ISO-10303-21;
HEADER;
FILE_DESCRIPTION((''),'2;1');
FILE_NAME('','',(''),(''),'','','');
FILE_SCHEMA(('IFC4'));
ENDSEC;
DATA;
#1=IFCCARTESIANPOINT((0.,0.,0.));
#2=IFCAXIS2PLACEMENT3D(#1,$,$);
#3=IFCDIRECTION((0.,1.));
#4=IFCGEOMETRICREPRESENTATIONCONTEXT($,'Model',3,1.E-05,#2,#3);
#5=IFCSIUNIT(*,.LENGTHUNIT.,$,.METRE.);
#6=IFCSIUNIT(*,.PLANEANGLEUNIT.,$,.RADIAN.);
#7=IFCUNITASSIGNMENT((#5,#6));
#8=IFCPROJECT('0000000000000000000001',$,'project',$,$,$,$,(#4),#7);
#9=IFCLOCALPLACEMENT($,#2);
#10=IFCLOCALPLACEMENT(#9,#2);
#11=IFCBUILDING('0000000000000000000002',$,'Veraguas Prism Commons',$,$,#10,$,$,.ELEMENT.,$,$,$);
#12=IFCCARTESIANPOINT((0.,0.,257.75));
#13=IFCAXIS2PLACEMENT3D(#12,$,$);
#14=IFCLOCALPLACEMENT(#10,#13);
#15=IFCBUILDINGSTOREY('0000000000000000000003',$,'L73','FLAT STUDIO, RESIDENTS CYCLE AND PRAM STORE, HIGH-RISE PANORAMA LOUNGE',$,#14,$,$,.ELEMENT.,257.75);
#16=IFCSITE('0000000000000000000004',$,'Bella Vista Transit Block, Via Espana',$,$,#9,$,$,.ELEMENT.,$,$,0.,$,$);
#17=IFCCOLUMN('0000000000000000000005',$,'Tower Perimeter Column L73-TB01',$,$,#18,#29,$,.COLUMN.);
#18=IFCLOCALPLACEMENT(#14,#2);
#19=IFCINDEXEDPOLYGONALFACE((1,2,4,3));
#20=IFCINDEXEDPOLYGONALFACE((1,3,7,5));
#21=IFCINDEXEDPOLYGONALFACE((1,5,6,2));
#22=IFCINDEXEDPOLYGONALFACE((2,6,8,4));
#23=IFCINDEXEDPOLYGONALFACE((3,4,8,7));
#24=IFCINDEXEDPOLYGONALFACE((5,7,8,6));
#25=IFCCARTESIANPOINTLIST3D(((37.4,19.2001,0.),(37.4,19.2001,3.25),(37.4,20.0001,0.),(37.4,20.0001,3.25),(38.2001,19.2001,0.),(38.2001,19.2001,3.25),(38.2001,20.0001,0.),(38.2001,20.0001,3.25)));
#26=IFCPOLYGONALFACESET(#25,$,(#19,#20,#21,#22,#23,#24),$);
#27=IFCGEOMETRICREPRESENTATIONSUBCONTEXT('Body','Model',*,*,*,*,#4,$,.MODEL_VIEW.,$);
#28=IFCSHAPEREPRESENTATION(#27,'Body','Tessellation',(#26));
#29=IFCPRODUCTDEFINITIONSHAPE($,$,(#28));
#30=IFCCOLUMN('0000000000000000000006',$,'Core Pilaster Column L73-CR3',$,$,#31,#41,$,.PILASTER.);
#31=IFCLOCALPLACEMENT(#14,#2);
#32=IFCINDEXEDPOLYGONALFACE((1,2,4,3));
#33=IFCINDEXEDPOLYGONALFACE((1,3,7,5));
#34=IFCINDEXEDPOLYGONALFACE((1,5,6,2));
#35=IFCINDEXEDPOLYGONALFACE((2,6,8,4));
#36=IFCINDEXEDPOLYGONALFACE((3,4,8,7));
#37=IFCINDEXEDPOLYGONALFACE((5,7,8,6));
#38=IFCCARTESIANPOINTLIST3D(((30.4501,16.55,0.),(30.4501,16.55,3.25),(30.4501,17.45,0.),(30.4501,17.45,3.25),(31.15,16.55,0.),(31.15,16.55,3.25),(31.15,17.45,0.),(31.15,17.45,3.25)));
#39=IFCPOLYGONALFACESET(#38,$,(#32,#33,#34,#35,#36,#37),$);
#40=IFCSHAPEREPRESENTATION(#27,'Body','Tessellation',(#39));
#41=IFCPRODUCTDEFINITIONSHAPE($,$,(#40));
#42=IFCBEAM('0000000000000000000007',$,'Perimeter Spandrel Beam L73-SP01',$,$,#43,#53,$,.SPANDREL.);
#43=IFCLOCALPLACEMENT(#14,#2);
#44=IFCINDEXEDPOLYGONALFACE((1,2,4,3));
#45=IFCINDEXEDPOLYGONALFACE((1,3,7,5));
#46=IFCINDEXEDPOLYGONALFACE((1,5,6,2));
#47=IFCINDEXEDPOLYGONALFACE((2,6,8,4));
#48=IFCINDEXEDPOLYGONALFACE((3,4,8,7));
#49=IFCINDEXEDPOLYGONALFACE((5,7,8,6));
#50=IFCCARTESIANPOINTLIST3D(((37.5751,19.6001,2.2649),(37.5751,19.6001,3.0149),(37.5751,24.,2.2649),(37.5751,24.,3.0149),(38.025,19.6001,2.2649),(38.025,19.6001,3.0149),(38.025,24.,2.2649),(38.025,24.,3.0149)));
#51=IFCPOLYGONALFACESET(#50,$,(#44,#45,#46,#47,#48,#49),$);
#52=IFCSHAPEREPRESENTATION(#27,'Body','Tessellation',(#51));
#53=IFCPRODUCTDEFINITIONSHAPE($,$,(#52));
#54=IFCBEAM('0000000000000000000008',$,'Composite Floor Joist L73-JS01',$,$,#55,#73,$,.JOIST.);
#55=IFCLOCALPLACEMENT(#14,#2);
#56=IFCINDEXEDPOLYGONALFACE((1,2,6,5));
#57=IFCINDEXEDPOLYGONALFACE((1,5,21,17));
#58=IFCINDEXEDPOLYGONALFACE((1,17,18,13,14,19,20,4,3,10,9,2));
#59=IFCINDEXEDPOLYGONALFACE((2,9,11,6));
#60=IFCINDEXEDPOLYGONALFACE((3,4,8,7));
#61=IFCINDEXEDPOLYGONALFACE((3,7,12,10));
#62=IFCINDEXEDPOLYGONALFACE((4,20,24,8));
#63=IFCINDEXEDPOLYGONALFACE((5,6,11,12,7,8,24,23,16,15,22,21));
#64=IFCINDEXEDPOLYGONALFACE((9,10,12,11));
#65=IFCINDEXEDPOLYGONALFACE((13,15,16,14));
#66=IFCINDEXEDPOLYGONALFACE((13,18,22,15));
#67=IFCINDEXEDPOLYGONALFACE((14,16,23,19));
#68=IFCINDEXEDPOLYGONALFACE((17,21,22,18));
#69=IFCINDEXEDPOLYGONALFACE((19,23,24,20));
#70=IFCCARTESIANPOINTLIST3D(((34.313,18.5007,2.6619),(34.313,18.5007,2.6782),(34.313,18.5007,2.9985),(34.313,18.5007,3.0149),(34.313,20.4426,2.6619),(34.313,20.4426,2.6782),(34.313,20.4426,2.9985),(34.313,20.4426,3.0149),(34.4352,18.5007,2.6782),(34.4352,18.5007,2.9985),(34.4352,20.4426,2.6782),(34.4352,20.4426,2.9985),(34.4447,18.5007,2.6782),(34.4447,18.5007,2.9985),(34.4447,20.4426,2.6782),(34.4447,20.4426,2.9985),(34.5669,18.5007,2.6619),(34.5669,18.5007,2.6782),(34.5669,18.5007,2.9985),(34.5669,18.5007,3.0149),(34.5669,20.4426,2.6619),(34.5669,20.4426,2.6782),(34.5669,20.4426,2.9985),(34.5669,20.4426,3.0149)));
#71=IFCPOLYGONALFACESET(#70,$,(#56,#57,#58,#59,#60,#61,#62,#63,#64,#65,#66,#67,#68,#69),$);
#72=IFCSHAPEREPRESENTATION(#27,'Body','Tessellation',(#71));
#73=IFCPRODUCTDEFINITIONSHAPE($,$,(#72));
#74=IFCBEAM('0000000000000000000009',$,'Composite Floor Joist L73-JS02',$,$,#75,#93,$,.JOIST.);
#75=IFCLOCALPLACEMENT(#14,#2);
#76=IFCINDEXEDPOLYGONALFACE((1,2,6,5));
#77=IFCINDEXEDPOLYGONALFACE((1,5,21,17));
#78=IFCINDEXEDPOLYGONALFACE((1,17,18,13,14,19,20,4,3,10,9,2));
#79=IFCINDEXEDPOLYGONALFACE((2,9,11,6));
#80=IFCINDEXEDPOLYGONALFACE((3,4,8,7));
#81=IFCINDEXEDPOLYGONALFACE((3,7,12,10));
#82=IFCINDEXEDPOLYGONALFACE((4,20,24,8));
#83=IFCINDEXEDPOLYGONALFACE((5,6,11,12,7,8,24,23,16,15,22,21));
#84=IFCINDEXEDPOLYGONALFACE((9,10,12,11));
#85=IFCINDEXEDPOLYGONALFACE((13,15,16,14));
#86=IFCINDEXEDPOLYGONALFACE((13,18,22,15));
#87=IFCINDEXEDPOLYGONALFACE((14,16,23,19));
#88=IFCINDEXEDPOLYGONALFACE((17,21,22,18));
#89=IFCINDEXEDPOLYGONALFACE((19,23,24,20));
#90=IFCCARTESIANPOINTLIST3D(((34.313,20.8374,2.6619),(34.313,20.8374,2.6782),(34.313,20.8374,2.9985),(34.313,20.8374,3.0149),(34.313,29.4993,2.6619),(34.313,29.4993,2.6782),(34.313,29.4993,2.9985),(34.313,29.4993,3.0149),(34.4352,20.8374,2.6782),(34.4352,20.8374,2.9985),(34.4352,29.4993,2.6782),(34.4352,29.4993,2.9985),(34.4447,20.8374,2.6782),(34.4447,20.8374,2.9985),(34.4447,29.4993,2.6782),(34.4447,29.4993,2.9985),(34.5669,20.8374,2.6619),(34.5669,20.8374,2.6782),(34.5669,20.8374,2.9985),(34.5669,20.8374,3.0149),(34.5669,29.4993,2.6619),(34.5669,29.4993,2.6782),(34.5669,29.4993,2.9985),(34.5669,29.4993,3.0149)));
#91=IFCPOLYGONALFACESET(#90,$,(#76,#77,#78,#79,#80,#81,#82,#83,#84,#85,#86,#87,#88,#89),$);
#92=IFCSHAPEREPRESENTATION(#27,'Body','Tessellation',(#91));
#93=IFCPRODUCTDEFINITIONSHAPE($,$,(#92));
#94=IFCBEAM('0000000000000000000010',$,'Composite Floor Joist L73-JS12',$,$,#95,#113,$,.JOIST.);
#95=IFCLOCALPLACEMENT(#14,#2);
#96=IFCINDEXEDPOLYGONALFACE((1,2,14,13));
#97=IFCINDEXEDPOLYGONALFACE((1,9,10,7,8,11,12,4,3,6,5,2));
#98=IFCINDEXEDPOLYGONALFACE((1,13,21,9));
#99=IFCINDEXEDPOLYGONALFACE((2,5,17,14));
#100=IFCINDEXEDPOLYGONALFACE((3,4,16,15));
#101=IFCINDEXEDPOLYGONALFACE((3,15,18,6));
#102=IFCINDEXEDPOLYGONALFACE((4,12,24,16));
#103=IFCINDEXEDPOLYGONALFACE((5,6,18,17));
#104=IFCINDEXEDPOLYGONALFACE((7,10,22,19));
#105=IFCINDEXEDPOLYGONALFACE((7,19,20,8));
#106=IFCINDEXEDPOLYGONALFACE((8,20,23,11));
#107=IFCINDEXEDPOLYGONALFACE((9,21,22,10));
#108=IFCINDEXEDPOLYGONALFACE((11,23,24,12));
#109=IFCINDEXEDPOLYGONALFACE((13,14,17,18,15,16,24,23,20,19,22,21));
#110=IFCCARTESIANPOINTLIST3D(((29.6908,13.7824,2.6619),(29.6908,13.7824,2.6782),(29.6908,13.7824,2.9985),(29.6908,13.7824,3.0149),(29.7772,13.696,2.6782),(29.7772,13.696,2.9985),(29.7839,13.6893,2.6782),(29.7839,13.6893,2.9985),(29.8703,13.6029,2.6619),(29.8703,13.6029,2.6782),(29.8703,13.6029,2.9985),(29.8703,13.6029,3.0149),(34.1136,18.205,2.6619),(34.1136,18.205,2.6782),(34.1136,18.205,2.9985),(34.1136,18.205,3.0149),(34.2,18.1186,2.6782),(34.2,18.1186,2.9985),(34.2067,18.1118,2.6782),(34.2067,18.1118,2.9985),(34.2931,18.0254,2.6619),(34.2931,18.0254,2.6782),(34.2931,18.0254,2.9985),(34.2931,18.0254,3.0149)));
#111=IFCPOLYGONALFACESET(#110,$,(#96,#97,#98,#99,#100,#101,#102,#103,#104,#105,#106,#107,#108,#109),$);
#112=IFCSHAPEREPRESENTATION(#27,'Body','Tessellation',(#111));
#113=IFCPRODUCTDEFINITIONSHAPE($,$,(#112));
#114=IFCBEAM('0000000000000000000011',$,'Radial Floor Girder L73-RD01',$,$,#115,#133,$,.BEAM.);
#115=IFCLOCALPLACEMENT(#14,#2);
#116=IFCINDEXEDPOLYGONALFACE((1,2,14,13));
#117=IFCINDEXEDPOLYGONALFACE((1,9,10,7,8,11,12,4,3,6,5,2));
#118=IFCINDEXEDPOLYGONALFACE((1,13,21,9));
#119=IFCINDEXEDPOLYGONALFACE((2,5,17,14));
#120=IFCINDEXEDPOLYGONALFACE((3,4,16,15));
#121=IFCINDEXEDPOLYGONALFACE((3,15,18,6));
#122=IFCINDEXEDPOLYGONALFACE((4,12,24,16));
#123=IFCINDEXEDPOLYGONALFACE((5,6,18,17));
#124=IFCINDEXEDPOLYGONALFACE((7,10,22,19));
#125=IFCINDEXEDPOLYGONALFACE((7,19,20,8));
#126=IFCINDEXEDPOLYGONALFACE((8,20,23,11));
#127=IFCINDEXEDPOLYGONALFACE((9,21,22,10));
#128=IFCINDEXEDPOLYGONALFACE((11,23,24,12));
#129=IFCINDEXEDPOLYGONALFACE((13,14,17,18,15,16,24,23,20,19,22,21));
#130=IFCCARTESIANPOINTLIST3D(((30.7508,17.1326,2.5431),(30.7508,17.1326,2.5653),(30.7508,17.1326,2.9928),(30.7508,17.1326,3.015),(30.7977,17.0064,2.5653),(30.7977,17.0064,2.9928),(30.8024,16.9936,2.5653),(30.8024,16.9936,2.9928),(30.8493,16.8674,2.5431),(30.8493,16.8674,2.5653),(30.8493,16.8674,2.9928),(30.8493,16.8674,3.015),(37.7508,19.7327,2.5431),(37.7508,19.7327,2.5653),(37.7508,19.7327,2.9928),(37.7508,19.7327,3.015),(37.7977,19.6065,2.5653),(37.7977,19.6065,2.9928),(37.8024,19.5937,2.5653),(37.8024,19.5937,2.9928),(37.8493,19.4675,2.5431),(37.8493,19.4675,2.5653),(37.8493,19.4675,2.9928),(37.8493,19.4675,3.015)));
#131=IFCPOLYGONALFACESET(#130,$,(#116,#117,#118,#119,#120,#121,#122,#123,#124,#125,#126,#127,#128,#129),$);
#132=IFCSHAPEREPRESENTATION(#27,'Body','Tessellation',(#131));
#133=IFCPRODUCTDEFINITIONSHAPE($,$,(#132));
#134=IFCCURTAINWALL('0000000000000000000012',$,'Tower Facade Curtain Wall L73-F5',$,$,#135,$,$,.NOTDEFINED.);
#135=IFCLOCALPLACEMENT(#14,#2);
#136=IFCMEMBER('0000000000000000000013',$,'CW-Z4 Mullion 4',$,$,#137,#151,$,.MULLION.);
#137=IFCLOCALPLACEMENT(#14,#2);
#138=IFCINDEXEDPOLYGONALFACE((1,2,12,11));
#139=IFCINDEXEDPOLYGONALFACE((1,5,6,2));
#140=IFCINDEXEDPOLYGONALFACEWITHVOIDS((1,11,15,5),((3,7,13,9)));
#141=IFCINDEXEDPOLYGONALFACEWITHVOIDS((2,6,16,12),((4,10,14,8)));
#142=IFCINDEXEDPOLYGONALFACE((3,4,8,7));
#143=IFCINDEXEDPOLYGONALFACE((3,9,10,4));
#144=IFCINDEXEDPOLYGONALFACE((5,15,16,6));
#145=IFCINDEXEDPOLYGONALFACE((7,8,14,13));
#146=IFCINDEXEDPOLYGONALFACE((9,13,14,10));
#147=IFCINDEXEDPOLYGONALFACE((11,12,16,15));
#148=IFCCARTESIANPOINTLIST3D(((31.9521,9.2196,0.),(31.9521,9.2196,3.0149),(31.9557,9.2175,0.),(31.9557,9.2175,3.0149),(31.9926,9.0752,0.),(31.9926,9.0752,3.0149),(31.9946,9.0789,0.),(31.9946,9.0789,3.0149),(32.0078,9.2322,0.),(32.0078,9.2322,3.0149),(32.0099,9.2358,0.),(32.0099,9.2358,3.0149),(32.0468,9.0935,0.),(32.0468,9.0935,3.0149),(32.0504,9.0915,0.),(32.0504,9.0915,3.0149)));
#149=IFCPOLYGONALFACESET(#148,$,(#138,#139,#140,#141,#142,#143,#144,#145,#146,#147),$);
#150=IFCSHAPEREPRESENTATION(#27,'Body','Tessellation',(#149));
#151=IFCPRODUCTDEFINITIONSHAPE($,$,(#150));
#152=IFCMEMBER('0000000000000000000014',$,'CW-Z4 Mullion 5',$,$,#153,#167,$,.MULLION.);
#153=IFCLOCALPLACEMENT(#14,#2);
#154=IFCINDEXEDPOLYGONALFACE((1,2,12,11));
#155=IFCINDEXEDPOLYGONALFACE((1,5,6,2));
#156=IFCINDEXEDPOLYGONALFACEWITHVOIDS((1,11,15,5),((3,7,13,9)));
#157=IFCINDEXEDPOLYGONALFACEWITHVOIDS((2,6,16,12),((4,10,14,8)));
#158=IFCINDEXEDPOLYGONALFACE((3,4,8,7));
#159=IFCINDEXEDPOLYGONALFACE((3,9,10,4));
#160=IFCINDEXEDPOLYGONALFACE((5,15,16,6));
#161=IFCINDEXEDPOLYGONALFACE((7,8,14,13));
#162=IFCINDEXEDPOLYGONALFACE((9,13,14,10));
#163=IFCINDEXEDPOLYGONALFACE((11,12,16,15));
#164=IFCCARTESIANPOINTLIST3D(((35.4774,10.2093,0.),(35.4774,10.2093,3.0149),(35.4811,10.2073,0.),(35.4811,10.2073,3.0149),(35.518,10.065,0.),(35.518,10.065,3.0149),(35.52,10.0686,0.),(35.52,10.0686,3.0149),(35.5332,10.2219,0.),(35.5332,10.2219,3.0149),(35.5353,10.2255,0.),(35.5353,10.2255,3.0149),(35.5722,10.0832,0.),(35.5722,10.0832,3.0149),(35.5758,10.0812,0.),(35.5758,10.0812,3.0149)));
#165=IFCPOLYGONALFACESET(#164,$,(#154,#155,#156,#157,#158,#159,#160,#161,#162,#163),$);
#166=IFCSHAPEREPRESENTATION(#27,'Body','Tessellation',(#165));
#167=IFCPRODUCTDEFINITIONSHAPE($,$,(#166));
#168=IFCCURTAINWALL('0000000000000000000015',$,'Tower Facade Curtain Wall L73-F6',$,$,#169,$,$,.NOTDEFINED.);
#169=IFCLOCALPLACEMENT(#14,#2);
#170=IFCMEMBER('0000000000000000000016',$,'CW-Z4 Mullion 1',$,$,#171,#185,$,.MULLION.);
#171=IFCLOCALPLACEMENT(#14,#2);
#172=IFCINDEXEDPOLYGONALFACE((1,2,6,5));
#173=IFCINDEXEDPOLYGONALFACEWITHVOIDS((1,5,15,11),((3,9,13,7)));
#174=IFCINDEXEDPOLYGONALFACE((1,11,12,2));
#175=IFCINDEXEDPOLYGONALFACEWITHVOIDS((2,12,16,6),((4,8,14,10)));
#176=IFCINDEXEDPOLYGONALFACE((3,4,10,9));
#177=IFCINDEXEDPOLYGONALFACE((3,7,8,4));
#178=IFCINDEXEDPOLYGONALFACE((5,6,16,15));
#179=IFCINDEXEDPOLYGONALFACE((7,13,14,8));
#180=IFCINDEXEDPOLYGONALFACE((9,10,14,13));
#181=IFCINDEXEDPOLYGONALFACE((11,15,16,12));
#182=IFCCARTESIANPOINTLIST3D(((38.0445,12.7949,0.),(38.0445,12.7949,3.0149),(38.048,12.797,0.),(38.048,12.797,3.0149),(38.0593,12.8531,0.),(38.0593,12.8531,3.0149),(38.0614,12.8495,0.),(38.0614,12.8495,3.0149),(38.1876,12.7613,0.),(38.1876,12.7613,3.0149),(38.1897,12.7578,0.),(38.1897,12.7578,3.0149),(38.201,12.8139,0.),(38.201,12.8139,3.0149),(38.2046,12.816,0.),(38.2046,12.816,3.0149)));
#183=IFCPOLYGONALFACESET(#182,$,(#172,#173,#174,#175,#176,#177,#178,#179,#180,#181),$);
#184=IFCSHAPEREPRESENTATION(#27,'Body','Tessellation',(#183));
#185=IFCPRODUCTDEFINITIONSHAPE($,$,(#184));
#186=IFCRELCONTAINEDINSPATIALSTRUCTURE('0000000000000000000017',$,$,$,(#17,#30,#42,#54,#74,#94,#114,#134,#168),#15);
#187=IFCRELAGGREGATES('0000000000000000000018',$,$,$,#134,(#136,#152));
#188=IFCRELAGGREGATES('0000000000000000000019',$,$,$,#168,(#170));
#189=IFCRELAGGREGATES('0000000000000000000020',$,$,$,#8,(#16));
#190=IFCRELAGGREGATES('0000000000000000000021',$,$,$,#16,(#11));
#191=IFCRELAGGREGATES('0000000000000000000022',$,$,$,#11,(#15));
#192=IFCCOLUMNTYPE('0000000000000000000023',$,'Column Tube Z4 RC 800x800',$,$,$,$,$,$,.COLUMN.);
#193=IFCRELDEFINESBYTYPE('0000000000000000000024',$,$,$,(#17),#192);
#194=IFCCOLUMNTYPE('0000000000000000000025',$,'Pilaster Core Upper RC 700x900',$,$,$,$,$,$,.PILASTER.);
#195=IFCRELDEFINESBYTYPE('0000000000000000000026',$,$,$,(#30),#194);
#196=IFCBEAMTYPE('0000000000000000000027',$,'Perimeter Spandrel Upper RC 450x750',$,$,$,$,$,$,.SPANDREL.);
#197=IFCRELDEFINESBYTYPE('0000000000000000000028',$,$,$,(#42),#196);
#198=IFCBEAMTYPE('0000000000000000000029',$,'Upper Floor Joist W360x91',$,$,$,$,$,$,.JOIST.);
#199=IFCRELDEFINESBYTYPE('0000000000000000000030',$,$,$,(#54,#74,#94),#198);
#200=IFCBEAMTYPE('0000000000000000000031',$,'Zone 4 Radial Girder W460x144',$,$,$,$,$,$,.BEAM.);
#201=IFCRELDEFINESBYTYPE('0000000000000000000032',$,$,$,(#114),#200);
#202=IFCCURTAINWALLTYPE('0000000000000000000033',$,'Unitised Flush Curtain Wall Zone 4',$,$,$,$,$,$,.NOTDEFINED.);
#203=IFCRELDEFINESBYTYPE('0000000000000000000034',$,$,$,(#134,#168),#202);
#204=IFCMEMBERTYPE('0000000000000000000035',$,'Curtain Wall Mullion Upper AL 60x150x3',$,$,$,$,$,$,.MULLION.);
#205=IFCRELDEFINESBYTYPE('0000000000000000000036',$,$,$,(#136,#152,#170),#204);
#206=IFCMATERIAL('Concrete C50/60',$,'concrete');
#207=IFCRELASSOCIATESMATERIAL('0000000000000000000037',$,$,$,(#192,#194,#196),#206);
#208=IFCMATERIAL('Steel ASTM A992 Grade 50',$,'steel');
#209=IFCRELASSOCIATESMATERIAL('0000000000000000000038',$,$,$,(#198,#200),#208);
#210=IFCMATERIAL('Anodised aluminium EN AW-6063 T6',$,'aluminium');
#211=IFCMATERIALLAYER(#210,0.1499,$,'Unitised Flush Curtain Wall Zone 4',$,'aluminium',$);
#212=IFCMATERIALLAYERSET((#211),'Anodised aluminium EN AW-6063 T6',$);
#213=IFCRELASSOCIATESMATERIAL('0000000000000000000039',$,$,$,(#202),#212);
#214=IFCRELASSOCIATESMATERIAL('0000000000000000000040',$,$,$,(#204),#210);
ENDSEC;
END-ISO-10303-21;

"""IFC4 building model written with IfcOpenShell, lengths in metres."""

from ifc_helpers import new_model, si_unit, direction, frame, origin, origin_2d, place, context, subcontext, project, spatial, rectangle, hollow_rectangle, i_section, extrude, source, transform, mapped, material, layer, layer_set, material_profile, profile_set, type_object, element, aggregate, save


model = new_model("IFC4")

# Units and contexts
model_context = context("Model", 3, precision=1e-05, world=origin(), true_north=direction((0.0, 1.0)))
body_context = subcontext(model_context, "Body", "Model", "MODEL_VIEW")
ifc_project = project(units=[si_unit("LENGTHUNIT", "METRE"), si_unit("PLANEANGLEUNIT", "RADIAN")], contexts=[model_context])

# Site, building, storey
site_placement = place(None, origin())
site = spatial("IfcSite", under=ifc_project, at=site_placement, Name="Bella Vista Transit Block, Via Espana", CompositionType="ELEMENT", RefElevation=0.0)
building_placement = place(site_placement, origin())
building = spatial("IfcBuilding", under=site, at=building_placement, Name="Veraguas Prism Commons", CompositionType="ELEMENT")
storey_placement = place(building_placement, frame((0.0, 0.0, 257.75)))
storey = spatial("IfcBuildingStorey", under=building, at=storey_placement, Name="L73", Description="FLAT STUDIO, RESIDENTS CYCLE AND PRAM STORE, HIGH-RISE PANORAMA LOUNGE", CompositionType="ELEMENT", Elevation=257.75)

# Columns
ifc_material_1 = material(Name="Concrete C50/60", Category="concrete")
ifc_material_profile_1 = material_profile(ifc_material_1, rectangle(XDim=0.8, YDim=0.8, at=origin_2d()), Name="RC800X800")
ifc_profile_set_1 = profile_set([ifc_material_profile_1], Name="Concrete C50/60")
column_type_1 = type_object("IfcColumnType", Name="Column Tube Z4 RC 800x800", PredefinedType="COLUMN", material=ifc_profile_set_1)
column_1_placement = place(storey_placement, frame((37.8, 19.6001, 0.0), z_axis=(0.0, 0.0, 1.0), x_axis=(1.0, 0.0, 0.0)))
element("IfcColumn", 1, at=column_1_placement, inside=storey, type_object=column_type_1, Name="Tower Perimeter Column L73-TB01", PredefinedType="COLUMN", context=body_context, shape_type="SweptSolid", body=[
    extrude(rectangle(XDim=0.8, YDim=0.8, at=origin_2d()), origin(), (0.0, 0.0, 1.0), 3.25),
])
ifc_material_profile_2 = material_profile(ifc_material_1, rectangle(XDim=0.7, YDim=0.8999, at=origin_2d()), Name="RC700X900")
ifc_profile_set_2 = profile_set([ifc_material_profile_2], Name="Concrete C50/60")
column_type_2 = type_object("IfcColumnType", Name="Pilaster Core Upper RC 700x900", PredefinedType="PILASTER", material=ifc_profile_set_2)
column_2_placement = place(storey_placement, frame((30.8, 17.0, 0.0), z_axis=(0.0, 0.0, 1.0), x_axis=(1.0, 0.0, 0.0)))
element("IfcColumn", 2, at=column_2_placement, inside=storey, type_object=column_type_2, Name="Core Pilaster Column L73-CR3", PredefinedType="PILASTER", context=body_context, shape_type="SweptSolid", body=[
    extrude(rectangle(XDim=0.7, YDim=0.8999, at=origin_2d()), origin(), (0.0, 0.0, 1.0), 3.25),
])

# Beams
ifc_material_profile_3 = material_profile(ifc_material_1, rectangle(XDim=0.45, YDim=0.75, at=origin_2d()), Name="RC450X750")
ifc_profile_set_3 = profile_set([ifc_material_profile_3], Name="Concrete C50/60")
beam_type_1 = type_object("IfcBeamType", Name="Perimeter Spandrel Upper RC 450x750", PredefinedType="SPANDREL", material=ifc_profile_set_3)
beam_1_placement = place(storey_placement, frame((37.8, 19.6001, 2.6399), z_axis=(0.0, 1.0, 0.0), x_axis=(-1.0, 0.0, 0.0)))
element("IfcBeam", 3, at=beam_1_placement, inside=storey, type_object=beam_type_1, Name="Perimeter Spandrel Beam L73-SP01", PredefinedType="SPANDREL", context=body_context, shape_type="SweptSolid", body=[
    extrude(rectangle(XDim=0.45, YDim=0.75, at=origin_2d()), origin(), (0.0, 0.0, 1.0), 4.3999),
])
ifc_material_2 = material(Name="Steel ASTM A992 Grade 50", Category="steel")
ifc_material_profile_4 = material_profile(ifc_material_2, i_section(OverallWidth=0.2539, OverallDepth=0.353, WebThickness=0.0095, FlangeThickness=0.0164, at=origin_2d()), Name="W360X91")
ifc_profile_set_4 = profile_set([ifc_material_profile_4], Name="Steel ASTM A992 Grade 50")
beam_type_2 = type_object("IfcBeamType", Name="Upper Floor Joist W360x91", PredefinedType="JOIST", material=ifc_profile_set_4)
beam_2_placement = place(storey_placement, frame((34.4399, 18.5007, 2.8384), z_axis=(0.0, 1.0, 0.0), x_axis=(-1.0, 0.0, 0.0)))
element("IfcBeam", 4, at=beam_2_placement, inside=storey, type_object=beam_type_2, Name="Composite Floor Joist L73-JS01", PredefinedType="JOIST", context=body_context, shape_type="SweptSolid", body=[
    extrude(i_section(OverallWidth=0.2539, OverallDepth=0.353, WebThickness=0.0095, FlangeThickness=0.0164, at=origin_2d()), origin(), (0.0, 0.0, 1.0), 1.9419),
])
beam_3_placement = place(storey_placement, frame((34.4399, 20.8374, 2.8384), z_axis=(0.0, 1.0, 0.0), x_axis=(-1.0, 0.0, 0.0)))
element("IfcBeam", 5, at=beam_3_placement, inside=storey, type_object=beam_type_2, Name="Composite Floor Joist L73-JS02", PredefinedType="JOIST", context=body_context, shape_type="SweptSolid", body=[
    extrude(i_section(OverallWidth=0.2539, OverallDepth=0.353, WebThickness=0.0095, FlangeThickness=0.0164, at=origin_2d()), origin(), (0.0, 0.0, 1.0), 8.6619),
])
beam_4_placement = place(storey_placement, frame((29.7805, 13.6926, 2.8384), z_axis=(0.707126, 0.707087, 0.0), x_axis=(-0.707087, 0.707126, 0.0)))
element("IfcBeam", 6, at=beam_4_placement, inside=storey, type_object=beam_type_2, Name="Composite Floor Joist L73-JS12", PredefinedType="JOIST", context=body_context, shape_type="SweptSolid", body=[
    extrude(i_section(OverallWidth=0.2539, OverallDepth=0.353, WebThickness=0.0095, FlangeThickness=0.0164, at=origin_2d()), origin(), (0.0, 0.0, 1.0), 6.2546),
])
ifc_material_profile_5 = material_profile(ifc_material_2, i_section(OverallWidth=0.283, OverallDepth=0.4719, WebThickness=0.0137, FlangeThickness=0.0222, at=origin_2d()), Name="W460X144")
ifc_profile_set_5 = profile_set([ifc_material_profile_5], Name="Steel ASTM A992 Grade 50")
beam_type_3 = type_object("IfcBeamType", Name="Zone 4 Radial Girder W460x144", PredefinedType="BEAM", material=ifc_profile_set_5)
beam_5_placement = place(storey_placement, frame((37.8, 19.6001, 2.7791), z_axis=(-0.937421, -0.348198, 0.0), x_axis=(0.348198, -0.937421, 0.0)))
element("IfcBeam", 7, at=beam_5_placement, inside=storey, type_object=beam_type_3, Name="Radial Floor Girder L73-RD01", PredefinedType="BEAM", context=body_context, shape_type="SweptSolid", body=[
    extrude(i_section(OverallWidth=0.283, OverallDepth=0.4719, WebThickness=0.0137, FlangeThickness=0.0222, at=origin_2d()), origin(), (0.0, 0.0, 1.0), 7.4673),
])

# Curtain walls, members
ifc_material_3 = material(Name="Anodised aluminium EN AW-6063 T6", Category="aluminium")
ifc_layer_1 = layer(ifc_material_3, 0.1499, Name="Unitised Flush Curtain Wall Zone 4", Category="aluminium")
ifc_layer_set_1 = layer_set([ifc_layer_1], Name="Anodised aluminium EN AW-6063 T6")
curtain_wall_type = type_object("IfcCurtainWallType", Name="Unitised Flush Curtain Wall Zone 4", PredefinedType="NOTDEFINED", material=ifc_layer_set_1)
curtain_wall_1_placement = place(storey_placement, origin())
curtain_wall_1 = element("IfcCurtainWall", 8, at=curtain_wall_1_placement, inside=storey, type_object=curtain_wall_type, Name="Tower Facade Curtain Wall L73-F5", PredefinedType="NOTDEFINED")
ifc_material_profile_6 = material_profile(ifc_material_3, hollow_rectangle(XDim=0.0601, YDim=0.1499, WallThickness=0.0029, at=origin_2d()), Name="AL60X150X3")
ifc_profile_set_6 = profile_set([ifc_material_profile_6], Name="Anodised aluminium EN AW-6063 T6")
member_type_1 = type_object("IfcMemberType", Name="Curtain Wall Mullion Upper AL 60x150x3", PredefinedType="MULLION", material=ifc_profile_set_6)
shared_shape_1 = source(origin(), body_context, "Body", "SweptSolid", [
    extrude(hollow_rectangle(XDim=0.0601, YDim=0.1499, WallThickness=0.0029, at=origin_2d()), origin(), (0.0, 0.0, 1.0), 3.0149),
])
member_1_placement = place(storey_placement, frame((32.0012, 9.1555, 0.0), z_axis=(0.0, 0.0, 1.0), x_axis=(0.962785, 0.270269, 0.0)))
member_1 = element("IfcMember", 9, at=member_1_placement, type_object=member_type_1, Name="CW-Z4 Mullion 4", PredefinedType="MULLION", context=body_context, shape_type="MappedRepresentation", body=[
    mapped(shared_shape_1, transform((0.0, 0.0, 0.0), scale=1.0)),
])
member_2_placement = place(storey_placement, frame((35.5266, 10.1453, 0.0), z_axis=(0.0, 0.0, 1.0), x_axis=(0.962785, 0.270269, 0.0)))
member_2 = element("IfcMember", 10, at=member_2_placement, type_object=member_type_1, Name="CW-Z4 Mullion 5", PredefinedType="MULLION", context=body_context, shape_type="MappedRepresentation", body=[
    mapped(shared_shape_1, transform((0.0, 0.0, 0.0), scale=1.0)),
])
curtain_wall_2_placement = place(storey_placement, origin())
curtain_wall_2 = element("IfcCurtainWall", 11, at=curtain_wall_2_placement, inside=storey, type_object=curtain_wall_type, Name="Tower Facade Curtain Wall L73-F6", PredefinedType="NOTDEFINED")
member_3_placement = place(storey_placement, frame((38.1245, 12.8054, 0.0), z_axis=(0.0, 0.0, 1.0), x_axis=(0.247339, 0.968929, 0.0)))
member_3 = element("IfcMember", 12, at=member_3_placement, type_object=member_type_1, Name="CW-Z4 Mullion 1", PredefinedType="MULLION", context=body_context, shape_type="MappedRepresentation", body=[
    mapped(shared_shape_1, transform((0.0, 0.0, 0.0), scale=1.0)),
])

aggregate(curtain_wall_1, [member_1, member_2])
aggregate(curtain_wall_2, [member_3])

save(model, "model.ifc")
